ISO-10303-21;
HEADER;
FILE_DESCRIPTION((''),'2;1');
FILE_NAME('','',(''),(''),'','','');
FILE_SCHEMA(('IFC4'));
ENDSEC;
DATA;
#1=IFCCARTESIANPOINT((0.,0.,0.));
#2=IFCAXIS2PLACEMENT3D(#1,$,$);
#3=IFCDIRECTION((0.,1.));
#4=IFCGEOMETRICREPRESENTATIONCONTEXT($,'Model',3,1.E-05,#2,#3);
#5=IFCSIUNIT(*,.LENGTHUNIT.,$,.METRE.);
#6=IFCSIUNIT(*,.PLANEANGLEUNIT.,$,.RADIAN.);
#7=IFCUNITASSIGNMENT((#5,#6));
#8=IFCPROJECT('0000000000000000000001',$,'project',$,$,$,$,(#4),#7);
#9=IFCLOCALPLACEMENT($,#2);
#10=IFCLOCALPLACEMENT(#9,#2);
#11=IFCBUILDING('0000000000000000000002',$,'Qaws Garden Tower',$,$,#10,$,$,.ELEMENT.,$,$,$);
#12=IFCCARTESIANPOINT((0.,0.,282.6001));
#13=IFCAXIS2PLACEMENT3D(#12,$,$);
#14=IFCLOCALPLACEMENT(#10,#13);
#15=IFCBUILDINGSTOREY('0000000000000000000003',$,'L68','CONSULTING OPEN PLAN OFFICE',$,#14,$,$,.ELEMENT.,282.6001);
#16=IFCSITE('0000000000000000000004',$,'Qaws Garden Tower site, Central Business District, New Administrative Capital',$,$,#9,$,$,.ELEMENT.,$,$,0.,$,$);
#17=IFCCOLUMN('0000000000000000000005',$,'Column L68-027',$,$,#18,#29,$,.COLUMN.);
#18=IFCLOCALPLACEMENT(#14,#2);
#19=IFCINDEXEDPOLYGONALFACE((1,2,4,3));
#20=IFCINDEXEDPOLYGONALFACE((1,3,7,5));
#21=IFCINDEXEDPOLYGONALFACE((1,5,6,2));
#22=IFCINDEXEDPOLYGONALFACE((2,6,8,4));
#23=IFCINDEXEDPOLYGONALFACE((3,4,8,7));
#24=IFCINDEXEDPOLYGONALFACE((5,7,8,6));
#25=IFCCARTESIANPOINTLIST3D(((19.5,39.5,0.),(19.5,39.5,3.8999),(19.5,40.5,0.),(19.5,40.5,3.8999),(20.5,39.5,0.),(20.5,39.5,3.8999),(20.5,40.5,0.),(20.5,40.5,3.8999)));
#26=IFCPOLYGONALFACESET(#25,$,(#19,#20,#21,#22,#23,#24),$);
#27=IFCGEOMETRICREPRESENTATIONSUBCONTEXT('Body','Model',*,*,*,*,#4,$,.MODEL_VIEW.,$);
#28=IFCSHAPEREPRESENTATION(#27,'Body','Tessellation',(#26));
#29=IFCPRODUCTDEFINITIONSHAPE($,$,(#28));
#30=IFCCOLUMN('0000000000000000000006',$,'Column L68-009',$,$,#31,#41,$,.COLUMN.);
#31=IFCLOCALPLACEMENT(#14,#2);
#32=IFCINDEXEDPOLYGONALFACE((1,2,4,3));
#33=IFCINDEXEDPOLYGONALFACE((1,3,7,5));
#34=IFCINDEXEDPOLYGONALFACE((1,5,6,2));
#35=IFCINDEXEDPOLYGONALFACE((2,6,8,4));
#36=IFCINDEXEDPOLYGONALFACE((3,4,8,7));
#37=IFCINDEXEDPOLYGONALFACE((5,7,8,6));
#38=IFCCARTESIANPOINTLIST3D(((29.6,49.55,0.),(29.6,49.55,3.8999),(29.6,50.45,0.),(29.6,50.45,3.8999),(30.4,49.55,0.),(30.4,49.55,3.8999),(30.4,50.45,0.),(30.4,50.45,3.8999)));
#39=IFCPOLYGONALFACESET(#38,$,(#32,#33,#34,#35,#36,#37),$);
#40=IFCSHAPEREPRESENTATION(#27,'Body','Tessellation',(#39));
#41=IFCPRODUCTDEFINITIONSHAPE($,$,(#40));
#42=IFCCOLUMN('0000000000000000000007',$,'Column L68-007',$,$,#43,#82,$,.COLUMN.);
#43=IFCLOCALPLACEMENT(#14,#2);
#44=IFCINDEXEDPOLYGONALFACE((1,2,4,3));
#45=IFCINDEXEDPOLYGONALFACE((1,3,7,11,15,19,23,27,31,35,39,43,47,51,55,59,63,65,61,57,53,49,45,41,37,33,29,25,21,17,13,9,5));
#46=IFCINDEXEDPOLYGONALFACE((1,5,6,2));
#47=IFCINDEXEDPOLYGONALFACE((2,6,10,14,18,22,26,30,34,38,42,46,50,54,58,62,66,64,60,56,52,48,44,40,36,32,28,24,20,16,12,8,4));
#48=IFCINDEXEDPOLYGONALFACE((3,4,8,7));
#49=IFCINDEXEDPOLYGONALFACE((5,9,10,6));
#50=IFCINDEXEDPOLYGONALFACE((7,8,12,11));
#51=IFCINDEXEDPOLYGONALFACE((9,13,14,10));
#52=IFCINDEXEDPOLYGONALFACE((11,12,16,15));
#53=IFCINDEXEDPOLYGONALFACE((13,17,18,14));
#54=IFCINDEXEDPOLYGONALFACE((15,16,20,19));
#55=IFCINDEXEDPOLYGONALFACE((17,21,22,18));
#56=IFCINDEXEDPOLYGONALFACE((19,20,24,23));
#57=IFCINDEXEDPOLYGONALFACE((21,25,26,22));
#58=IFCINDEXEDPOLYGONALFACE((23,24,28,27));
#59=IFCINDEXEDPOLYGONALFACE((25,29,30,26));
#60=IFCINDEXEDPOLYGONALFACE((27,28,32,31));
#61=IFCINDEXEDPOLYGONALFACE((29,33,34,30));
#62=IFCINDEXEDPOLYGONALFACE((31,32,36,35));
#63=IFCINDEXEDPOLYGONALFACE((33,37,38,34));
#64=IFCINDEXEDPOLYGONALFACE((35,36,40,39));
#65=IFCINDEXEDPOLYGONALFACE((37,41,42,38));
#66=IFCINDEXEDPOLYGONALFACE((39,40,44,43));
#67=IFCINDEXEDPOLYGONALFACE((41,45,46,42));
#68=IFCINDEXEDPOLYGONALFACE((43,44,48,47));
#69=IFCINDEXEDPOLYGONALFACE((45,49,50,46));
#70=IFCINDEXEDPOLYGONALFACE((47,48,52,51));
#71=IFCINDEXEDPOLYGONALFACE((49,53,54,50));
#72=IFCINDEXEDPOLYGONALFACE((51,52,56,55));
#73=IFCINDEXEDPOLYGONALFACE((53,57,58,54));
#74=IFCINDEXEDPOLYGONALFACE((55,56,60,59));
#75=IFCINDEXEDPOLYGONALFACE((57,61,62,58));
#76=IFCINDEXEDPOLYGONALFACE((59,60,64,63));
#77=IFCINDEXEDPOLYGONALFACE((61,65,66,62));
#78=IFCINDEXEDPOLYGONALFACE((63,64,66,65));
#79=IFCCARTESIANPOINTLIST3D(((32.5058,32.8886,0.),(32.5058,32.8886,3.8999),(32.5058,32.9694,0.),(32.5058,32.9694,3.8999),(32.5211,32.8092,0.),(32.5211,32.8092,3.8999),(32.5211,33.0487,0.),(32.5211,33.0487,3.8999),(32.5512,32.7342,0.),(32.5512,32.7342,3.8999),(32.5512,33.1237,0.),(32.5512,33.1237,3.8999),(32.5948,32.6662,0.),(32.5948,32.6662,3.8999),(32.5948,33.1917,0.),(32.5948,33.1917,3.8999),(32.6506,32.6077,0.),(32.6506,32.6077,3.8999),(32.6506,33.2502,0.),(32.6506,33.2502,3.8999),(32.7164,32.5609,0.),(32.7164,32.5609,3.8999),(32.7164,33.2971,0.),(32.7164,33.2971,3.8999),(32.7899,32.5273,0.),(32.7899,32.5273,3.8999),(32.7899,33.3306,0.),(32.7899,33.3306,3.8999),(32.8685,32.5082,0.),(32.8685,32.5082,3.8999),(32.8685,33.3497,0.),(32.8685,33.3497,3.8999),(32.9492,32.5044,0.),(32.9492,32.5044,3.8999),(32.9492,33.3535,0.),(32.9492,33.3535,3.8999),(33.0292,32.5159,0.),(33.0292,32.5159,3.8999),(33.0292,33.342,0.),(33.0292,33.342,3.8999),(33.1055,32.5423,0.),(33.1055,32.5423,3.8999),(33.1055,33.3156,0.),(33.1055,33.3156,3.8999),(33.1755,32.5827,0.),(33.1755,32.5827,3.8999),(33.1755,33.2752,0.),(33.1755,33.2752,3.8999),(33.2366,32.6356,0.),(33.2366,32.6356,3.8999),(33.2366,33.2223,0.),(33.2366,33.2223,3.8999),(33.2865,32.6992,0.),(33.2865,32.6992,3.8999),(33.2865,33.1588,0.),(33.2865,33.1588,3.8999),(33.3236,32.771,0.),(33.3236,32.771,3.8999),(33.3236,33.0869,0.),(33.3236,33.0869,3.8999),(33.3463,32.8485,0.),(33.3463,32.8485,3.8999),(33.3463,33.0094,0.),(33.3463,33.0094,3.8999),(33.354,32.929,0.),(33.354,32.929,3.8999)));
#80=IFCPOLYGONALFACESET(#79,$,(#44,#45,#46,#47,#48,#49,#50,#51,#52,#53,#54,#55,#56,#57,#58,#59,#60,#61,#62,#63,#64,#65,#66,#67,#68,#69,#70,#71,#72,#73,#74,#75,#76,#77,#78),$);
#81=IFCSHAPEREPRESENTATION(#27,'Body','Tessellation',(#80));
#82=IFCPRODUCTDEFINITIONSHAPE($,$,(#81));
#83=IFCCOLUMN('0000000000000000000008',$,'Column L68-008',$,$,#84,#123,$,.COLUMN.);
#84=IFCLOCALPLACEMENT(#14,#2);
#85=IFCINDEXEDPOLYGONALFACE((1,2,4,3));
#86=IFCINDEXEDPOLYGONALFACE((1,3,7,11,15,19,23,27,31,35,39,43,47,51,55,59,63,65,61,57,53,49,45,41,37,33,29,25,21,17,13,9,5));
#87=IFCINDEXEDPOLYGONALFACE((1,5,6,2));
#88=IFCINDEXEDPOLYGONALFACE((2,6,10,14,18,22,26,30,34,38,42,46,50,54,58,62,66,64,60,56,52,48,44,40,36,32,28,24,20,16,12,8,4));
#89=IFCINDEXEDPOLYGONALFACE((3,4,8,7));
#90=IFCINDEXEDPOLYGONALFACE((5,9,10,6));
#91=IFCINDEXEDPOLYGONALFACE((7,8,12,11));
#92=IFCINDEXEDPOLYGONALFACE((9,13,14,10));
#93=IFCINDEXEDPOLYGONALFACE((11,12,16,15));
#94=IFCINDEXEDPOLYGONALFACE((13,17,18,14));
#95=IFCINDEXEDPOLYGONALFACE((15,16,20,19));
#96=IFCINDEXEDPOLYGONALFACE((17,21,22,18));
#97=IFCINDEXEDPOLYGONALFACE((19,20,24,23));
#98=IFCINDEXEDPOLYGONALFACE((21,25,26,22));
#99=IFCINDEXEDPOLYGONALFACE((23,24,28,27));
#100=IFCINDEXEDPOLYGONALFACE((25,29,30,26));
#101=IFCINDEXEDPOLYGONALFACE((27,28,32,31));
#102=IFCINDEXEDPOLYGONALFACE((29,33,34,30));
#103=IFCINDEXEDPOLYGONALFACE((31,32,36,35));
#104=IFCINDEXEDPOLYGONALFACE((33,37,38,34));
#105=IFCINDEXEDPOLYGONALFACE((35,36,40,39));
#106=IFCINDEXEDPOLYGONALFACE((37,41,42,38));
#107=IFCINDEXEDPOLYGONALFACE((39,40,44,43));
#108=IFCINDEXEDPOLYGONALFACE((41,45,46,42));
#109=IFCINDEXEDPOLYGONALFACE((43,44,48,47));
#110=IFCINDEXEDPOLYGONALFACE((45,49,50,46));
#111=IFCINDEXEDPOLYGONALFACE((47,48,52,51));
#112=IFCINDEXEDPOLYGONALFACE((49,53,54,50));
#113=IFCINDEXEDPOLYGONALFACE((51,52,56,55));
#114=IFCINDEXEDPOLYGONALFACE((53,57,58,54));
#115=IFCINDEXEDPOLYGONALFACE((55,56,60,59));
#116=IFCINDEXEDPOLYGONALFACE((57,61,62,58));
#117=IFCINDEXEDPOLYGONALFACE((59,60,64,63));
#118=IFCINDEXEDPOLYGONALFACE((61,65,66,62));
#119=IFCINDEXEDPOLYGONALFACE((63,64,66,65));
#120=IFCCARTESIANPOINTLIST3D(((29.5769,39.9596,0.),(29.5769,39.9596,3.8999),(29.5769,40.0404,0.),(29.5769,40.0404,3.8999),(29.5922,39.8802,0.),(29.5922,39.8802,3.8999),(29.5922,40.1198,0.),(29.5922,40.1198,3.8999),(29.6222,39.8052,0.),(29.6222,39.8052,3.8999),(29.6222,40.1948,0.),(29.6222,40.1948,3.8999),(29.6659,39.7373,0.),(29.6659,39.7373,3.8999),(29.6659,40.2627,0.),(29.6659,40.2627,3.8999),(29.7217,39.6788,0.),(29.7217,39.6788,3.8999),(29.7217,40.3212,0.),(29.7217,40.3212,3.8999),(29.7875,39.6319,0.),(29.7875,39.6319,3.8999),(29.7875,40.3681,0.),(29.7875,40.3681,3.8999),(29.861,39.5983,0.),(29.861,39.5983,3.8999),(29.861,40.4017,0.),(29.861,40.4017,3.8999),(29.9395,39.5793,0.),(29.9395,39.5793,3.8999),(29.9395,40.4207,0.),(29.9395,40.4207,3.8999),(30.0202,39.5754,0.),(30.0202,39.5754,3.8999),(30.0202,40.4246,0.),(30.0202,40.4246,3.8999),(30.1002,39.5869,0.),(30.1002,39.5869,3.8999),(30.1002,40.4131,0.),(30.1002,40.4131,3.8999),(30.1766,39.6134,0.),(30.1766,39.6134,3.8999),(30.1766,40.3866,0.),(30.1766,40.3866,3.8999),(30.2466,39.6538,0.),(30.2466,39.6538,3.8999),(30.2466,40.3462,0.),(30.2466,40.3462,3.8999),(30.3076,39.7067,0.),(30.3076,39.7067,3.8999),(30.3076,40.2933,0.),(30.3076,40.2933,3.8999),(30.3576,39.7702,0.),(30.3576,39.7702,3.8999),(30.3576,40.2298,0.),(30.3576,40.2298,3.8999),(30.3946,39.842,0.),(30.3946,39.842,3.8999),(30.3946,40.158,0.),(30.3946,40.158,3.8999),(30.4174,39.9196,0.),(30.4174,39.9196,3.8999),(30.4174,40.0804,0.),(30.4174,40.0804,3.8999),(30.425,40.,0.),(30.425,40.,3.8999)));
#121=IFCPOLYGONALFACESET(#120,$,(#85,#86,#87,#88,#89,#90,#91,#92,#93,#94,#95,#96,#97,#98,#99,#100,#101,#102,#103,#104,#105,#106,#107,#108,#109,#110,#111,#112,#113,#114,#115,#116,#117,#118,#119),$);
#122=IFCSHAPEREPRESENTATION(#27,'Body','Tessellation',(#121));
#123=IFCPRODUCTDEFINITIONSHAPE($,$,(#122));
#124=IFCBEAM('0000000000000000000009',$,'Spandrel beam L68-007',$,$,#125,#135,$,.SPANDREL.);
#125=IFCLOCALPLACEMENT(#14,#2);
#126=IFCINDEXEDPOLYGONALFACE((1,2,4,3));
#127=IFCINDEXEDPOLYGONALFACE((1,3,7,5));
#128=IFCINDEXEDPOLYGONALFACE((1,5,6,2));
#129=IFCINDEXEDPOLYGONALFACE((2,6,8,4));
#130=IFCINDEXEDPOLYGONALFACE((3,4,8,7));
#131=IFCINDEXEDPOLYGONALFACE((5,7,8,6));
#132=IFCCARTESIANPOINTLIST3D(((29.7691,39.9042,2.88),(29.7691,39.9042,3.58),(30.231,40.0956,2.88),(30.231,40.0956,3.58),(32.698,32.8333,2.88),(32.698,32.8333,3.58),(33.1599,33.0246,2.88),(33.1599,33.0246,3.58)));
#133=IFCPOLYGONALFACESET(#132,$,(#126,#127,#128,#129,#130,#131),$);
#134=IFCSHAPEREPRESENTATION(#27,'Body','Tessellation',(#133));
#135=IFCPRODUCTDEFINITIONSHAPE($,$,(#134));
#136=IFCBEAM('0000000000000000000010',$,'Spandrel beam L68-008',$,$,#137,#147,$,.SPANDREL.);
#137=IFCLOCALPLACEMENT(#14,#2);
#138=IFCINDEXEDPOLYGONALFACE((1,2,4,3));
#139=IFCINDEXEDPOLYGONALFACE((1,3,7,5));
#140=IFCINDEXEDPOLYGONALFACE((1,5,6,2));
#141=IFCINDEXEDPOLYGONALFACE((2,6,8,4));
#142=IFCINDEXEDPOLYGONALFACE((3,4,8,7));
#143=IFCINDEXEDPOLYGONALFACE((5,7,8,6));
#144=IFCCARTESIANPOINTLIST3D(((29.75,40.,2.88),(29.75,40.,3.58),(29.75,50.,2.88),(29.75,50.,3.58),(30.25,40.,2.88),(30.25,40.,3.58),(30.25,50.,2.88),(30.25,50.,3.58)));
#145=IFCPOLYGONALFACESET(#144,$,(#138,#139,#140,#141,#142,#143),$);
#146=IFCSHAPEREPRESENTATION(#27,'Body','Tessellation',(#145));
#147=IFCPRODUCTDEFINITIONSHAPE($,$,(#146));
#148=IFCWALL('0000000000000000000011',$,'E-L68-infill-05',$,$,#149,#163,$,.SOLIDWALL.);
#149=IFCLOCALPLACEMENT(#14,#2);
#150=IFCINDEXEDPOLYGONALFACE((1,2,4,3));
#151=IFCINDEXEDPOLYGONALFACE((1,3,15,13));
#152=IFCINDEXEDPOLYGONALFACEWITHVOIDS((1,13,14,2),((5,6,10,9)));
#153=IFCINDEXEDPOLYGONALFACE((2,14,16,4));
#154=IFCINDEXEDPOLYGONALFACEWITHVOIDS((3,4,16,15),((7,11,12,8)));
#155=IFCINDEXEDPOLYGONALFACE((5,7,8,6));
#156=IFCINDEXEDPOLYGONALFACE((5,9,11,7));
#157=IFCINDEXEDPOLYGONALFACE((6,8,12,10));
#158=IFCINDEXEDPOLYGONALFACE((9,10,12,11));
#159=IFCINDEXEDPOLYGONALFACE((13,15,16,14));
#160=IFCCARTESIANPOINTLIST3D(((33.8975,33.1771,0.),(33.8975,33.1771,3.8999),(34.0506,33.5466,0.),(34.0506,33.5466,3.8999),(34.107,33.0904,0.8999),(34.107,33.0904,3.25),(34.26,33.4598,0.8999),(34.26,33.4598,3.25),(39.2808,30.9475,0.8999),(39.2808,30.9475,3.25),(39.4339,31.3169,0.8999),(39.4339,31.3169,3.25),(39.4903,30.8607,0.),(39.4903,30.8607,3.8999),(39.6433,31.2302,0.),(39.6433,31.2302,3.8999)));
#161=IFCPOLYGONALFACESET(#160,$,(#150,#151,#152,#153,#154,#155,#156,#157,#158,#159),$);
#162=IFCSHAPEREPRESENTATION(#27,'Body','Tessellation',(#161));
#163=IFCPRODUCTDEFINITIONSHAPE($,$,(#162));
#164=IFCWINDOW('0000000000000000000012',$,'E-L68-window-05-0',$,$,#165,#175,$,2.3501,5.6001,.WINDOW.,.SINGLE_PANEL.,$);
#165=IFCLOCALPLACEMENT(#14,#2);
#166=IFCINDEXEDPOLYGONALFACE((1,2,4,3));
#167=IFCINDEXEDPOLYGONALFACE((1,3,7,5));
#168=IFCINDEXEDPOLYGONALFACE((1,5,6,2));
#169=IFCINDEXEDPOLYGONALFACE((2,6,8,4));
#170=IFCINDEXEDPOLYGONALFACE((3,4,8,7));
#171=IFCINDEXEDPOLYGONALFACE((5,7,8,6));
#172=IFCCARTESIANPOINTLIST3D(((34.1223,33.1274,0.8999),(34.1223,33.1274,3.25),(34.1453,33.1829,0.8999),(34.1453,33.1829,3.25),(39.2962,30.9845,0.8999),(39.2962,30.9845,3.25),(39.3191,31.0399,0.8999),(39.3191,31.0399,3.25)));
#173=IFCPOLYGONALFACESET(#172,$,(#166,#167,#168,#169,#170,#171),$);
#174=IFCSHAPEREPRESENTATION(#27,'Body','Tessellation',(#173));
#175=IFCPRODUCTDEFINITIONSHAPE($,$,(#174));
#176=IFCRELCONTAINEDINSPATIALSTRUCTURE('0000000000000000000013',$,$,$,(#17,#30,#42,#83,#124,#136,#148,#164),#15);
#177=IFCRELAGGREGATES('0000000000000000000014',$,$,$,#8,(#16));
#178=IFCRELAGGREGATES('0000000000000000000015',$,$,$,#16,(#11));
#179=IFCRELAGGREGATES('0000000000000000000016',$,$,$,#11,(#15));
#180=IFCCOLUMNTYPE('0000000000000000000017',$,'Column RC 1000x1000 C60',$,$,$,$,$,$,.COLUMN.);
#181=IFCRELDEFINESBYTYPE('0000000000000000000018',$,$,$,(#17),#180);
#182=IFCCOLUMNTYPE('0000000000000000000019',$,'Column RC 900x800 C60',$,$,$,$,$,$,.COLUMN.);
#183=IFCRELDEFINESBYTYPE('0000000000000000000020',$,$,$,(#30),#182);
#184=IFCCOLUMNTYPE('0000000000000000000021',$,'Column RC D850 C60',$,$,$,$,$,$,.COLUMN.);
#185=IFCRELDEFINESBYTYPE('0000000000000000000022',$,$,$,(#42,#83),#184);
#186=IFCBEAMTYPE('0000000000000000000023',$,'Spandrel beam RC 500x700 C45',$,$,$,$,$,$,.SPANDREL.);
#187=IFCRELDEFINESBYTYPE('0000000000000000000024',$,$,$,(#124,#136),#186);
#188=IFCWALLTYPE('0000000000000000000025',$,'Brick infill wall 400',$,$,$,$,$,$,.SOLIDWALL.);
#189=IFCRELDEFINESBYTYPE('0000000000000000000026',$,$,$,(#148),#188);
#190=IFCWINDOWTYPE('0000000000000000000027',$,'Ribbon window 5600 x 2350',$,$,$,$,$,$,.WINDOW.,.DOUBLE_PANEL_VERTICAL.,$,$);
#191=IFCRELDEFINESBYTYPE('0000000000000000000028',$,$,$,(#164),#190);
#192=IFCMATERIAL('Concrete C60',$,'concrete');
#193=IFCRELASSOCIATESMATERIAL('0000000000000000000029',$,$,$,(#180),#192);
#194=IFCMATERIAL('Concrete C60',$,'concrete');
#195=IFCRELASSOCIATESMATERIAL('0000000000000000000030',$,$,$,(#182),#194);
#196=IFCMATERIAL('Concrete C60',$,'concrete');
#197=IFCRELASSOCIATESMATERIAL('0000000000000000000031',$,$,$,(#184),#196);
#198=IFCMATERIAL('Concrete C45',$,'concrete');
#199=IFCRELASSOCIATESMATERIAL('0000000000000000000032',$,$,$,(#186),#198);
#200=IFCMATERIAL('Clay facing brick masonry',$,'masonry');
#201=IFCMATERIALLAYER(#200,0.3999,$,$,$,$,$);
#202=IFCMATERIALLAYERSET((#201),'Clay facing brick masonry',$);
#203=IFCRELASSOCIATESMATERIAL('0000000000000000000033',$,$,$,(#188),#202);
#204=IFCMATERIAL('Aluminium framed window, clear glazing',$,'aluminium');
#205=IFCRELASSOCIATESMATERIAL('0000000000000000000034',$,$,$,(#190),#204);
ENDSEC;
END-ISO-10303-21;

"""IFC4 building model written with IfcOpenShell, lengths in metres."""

from ifc_helpers import new_model, si_unit, direction, frame, frame_2d, origin, origin_2d, place, context, subcontext, project, spatial, rectangle, circle, extrude, material, layer, layer_set, material_profile, profile_set, type_object, element, fill, save


model = new_model("IFC4")

# Units and contexts
model_context = context("Model", 3, precision=1e-05, world=origin(), true_north=direction((0.0, 1.0)))
body_context = subcontext(model_context, "Body", "Model", "MODEL_VIEW")
ifc_project = project(units=[si_unit("LENGTHUNIT", "METRE"), si_unit("PLANEANGLEUNIT", "RADIAN")], contexts=[model_context])

# Site, building, storey
site_placement = place(None, origin())
site = spatial("IfcSite", under=ifc_project, at=site_placement, Name="Qaws Garden Tower site, Central Business District, New Administrative Capital", CompositionType="ELEMENT", RefElevation=0.0)
building_placement = place(site_placement, origin())
building = spatial("IfcBuilding", under=site, at=building_placement, Name="Qaws Garden Tower", CompositionType="ELEMENT")
storey_placement = place(building_placement, frame((0.0, 0.0, 282.6001)))
storey = spatial("IfcBuildingStorey", under=building, at=storey_placement, Name="L68", Description="CONSULTING OPEN PLAN OFFICE", CompositionType="ELEMENT", Elevation=282.6001)

# Columns
ifc_material_1 = material(Name="Concrete C60", Category="concrete")
ifc_material_profile_1 = material_profile(ifc_material_1, rectangle(XDim=1.0, YDim=1.0, at=origin_2d()), Name="RC 1000x1000")
ifc_profile_set_1 = profile_set([ifc_material_profile_1], Name="Concrete C60")
column_type_1 = type_object("IfcColumnType", Name="Column RC 1000x1000 C60", PredefinedType="COLUMN", material=ifc_profile_set_1)
column_1_placement = place(storey_placement, frame((20.0, 40.0, 0.0), z_axis=(0.0, 0.0, 1.0), x_axis=(1.0, 0.0, 0.0)))
element("IfcColumn", 1, at=column_1_placement, inside=storey, type_object=column_type_1, Name="Column L68-027", PredefinedType="COLUMN", context=body_context, shape_type="SweptSolid", body=[
    extrude(rectangle(XDim=1.0, YDim=1.0, at=origin_2d()), origin(), (0.0, 0.0, 1.0), 3.8999),
])
ifc_material_2 = material(Name="Concrete C60", Category="concrete")
ifc_material_profile_2 = material_profile(ifc_material_2, rectangle(XDim=0.8999, YDim=0.8, at=origin_2d()), Name="RC 900x800")
ifc_profile_set_2 = profile_set([ifc_material_profile_2], Name="Concrete C60")
column_type_2 = type_object("IfcColumnType", Name="Column RC 900x800 C60", PredefinedType="COLUMN", material=ifc_profile_set_2)
column_2_placement = place(storey_placement, frame((30.0, 50.0, 0.0), z_axis=(0.0, 0.0, 1.0), x_axis=(0.0, 1.0, 0.0)))
element("IfcColumn", 2, at=column_2_placement, inside=storey, type_object=column_type_2, Name="Column L68-009", PredefinedType="COLUMN", context=body_context, shape_type="SweptSolid", body=[
    extrude(rectangle(XDim=0.8999, YDim=0.8, at=origin_2d()), origin(), (0.0, 0.0, 1.0), 3.8999),
])
ifc_material_3 = material(Name="Concrete C60", Category="concrete")
ifc_material_profile_3 = material_profile(ifc_material_3, circle(Radius=0.425, at=origin_2d()), Name="RC D850")
ifc_profile_set_3 = profile_set([ifc_material_profile_3], Name="Concrete C60")
column_type_3 = type_object("IfcColumnType", Name="Column RC D850 C60", PredefinedType="COLUMN", material=ifc_profile_set_3)
for number, where, z_axis, x_axis, name in (
    (3, (32.929, 32.929, 0.0), (0.0, 0.0, 1.0), (1.0, 0.0, 0.0), "Column L68-007"),
    (4, (30.0, 40.0, 0.0), (0.0, 0.0, 1.0), (1.0, 0.0, 0.0), "Column L68-008"),
):
    element("IfcColumn", number, at=place(storey_placement, frame(where, z_axis=z_axis, x_axis=x_axis)), inside=storey, type_object=column_type_3, Name=name, PredefinedType="COLUMN", context=body_context, shape_type="SweptSolid", body=[
        extrude(circle(Radius=0.425, at=origin_2d()), origin(), (0.0, 0.0, 1.0), 3.8999),
    ])

# Beams
ifc_material_4 = material(Name="Concrete C45", Category="concrete")
ifc_material_profile_4 = material_profile(ifc_material_4, rectangle(XDim=0.5, YDim=0.7, at=origin_2d()), Name="RC 500x700")
ifc_profile_set_4 = profile_set([ifc_material_profile_4], Name="Concrete C45")
beam_type = type_object("IfcBeamType", Name="Spandrel beam RC 500x700 C45", PredefinedType="SPANDREL", material=ifc_profile_set_4)
beam_1_placement = place(storey_placement, frame((32.929, 32.929, 3.23), z_axis=(-0.382687, 0.923878, 0.0), x_axis=(-0.923878, -0.382687, 0.0)))
element("IfcBeam", 5, at=beam_1_placement, inside=storey, type_object=beam_type, Name="Spandrel beam L68-007", PredefinedType="SPANDREL", context=body_context, shape_type="SweptSolid", body=[
    extrude(rectangle(XDim=0.5, YDim=0.7, at=origin_2d()), origin(), (0.0, 0.0, 1.0), 7.6536),
])
beam_2_placement = place(storey_placement, frame((30.0, 40.0, 3.23), z_axis=(0.0, 1.0, 0.0), x_axis=(-1.0, 0.0, 0.0)))
element("IfcBeam", 6, at=beam_2_placement, inside=storey, type_object=beam_type, Name="Spandrel beam L68-008", PredefinedType="SPANDREL", context=body_context, shape_type="SweptSolid", body=[
    extrude(rectangle(XDim=0.5, YDim=0.7, at=origin_2d()), origin(), (0.0, 0.0, 1.0), 10.0),
])

# Wall, opening, window
ifc_material_5 = material(Name="Clay facing brick masonry", Category="masonry")
ifc_layer_1 = layer(ifc_material_5, 0.3999)
ifc_layer_set_1 = layer_set([ifc_layer_1], Name="Clay facing brick masonry")
wall_type_1 = type_object("IfcWallType", Name="Brick infill wall 400", PredefinedType="SOLIDWALL", material=ifc_layer_set_1)
wall_1_placement = place(storey_placement, frame((39.5669, 31.0454, 0.0), z_axis=(0.0, 0.0, 1.0), x_axis=(-0.923891, 0.382656, 0.0)))
wall_1 = element("IfcWall", 7, at=wall_1_placement, inside=storey, type_object=wall_type_1, Name="E-L68-infill-05", PredefinedType="SOLIDWALL", context=body_context, shape_type="SweptSolid", body=[
    extrude(rectangle(XDim=6.0535, YDim=0.3999, at=frame_2d((3.0269, 0.0))), origin(), (0.0, 0.0, 1.0), 3.8999),
])
opening_1_placement = place(wall_1_placement, frame((0.2268, 0.0, 0.8999)))
opening_1 = element("IfcOpeningElement", 8, at=opening_1_placement, cuts=wall_1, PredefinedType="OPENING", context=body_context, shape_type="SweptSolid", body=[
    extrude(rectangle(XDim=5.6001, YDim=2.3501, at=frame_2d((2.8, 1.175))), frame((0.0, 0.21, 0.0), z_axis=(0.0, -1.0, 0.0), x_axis=(1.0, 0.0, 0.0)), (0.0, 0.0, 1.0), 0.4199),
])
ifc_material_6 = material(Name="Aluminium framed window, clear glazing", Category="aluminium")
window_type_1 = type_object("IfcWindowType", Name="Ribbon window 5600 x 2350", PartitioningType="DOUBLE_PANEL_VERTICAL", PredefinedType="WINDOW", material=ifc_material_6)
window_1_placement = place(opening_1_placement, origin())
window_1 = element("IfcWindow", 9, at=window_1_placement, inside=storey, type_object=window_type_1, Name="E-L68-window-05-0", OverallHeight=2.3501, OverallWidth=5.6001, PartitioningType="SINGLE_PANEL", PredefinedType="WINDOW", context=body_context, shape_type="SweptSolid", body=[
    extrude(rectangle(XDim=5.6001, YDim=2.3501, at=frame_2d((2.8, 1.175))), frame((0.0, 0.1599, 0.0), z_axis=(0.0, -1.0, 0.0), x_axis=(1.0, 0.0, 0.0)), (0.0, 0.0, 1.0), 0.0601),
])
fill(opening_1, window_1)

save(model, "model.ifc")
